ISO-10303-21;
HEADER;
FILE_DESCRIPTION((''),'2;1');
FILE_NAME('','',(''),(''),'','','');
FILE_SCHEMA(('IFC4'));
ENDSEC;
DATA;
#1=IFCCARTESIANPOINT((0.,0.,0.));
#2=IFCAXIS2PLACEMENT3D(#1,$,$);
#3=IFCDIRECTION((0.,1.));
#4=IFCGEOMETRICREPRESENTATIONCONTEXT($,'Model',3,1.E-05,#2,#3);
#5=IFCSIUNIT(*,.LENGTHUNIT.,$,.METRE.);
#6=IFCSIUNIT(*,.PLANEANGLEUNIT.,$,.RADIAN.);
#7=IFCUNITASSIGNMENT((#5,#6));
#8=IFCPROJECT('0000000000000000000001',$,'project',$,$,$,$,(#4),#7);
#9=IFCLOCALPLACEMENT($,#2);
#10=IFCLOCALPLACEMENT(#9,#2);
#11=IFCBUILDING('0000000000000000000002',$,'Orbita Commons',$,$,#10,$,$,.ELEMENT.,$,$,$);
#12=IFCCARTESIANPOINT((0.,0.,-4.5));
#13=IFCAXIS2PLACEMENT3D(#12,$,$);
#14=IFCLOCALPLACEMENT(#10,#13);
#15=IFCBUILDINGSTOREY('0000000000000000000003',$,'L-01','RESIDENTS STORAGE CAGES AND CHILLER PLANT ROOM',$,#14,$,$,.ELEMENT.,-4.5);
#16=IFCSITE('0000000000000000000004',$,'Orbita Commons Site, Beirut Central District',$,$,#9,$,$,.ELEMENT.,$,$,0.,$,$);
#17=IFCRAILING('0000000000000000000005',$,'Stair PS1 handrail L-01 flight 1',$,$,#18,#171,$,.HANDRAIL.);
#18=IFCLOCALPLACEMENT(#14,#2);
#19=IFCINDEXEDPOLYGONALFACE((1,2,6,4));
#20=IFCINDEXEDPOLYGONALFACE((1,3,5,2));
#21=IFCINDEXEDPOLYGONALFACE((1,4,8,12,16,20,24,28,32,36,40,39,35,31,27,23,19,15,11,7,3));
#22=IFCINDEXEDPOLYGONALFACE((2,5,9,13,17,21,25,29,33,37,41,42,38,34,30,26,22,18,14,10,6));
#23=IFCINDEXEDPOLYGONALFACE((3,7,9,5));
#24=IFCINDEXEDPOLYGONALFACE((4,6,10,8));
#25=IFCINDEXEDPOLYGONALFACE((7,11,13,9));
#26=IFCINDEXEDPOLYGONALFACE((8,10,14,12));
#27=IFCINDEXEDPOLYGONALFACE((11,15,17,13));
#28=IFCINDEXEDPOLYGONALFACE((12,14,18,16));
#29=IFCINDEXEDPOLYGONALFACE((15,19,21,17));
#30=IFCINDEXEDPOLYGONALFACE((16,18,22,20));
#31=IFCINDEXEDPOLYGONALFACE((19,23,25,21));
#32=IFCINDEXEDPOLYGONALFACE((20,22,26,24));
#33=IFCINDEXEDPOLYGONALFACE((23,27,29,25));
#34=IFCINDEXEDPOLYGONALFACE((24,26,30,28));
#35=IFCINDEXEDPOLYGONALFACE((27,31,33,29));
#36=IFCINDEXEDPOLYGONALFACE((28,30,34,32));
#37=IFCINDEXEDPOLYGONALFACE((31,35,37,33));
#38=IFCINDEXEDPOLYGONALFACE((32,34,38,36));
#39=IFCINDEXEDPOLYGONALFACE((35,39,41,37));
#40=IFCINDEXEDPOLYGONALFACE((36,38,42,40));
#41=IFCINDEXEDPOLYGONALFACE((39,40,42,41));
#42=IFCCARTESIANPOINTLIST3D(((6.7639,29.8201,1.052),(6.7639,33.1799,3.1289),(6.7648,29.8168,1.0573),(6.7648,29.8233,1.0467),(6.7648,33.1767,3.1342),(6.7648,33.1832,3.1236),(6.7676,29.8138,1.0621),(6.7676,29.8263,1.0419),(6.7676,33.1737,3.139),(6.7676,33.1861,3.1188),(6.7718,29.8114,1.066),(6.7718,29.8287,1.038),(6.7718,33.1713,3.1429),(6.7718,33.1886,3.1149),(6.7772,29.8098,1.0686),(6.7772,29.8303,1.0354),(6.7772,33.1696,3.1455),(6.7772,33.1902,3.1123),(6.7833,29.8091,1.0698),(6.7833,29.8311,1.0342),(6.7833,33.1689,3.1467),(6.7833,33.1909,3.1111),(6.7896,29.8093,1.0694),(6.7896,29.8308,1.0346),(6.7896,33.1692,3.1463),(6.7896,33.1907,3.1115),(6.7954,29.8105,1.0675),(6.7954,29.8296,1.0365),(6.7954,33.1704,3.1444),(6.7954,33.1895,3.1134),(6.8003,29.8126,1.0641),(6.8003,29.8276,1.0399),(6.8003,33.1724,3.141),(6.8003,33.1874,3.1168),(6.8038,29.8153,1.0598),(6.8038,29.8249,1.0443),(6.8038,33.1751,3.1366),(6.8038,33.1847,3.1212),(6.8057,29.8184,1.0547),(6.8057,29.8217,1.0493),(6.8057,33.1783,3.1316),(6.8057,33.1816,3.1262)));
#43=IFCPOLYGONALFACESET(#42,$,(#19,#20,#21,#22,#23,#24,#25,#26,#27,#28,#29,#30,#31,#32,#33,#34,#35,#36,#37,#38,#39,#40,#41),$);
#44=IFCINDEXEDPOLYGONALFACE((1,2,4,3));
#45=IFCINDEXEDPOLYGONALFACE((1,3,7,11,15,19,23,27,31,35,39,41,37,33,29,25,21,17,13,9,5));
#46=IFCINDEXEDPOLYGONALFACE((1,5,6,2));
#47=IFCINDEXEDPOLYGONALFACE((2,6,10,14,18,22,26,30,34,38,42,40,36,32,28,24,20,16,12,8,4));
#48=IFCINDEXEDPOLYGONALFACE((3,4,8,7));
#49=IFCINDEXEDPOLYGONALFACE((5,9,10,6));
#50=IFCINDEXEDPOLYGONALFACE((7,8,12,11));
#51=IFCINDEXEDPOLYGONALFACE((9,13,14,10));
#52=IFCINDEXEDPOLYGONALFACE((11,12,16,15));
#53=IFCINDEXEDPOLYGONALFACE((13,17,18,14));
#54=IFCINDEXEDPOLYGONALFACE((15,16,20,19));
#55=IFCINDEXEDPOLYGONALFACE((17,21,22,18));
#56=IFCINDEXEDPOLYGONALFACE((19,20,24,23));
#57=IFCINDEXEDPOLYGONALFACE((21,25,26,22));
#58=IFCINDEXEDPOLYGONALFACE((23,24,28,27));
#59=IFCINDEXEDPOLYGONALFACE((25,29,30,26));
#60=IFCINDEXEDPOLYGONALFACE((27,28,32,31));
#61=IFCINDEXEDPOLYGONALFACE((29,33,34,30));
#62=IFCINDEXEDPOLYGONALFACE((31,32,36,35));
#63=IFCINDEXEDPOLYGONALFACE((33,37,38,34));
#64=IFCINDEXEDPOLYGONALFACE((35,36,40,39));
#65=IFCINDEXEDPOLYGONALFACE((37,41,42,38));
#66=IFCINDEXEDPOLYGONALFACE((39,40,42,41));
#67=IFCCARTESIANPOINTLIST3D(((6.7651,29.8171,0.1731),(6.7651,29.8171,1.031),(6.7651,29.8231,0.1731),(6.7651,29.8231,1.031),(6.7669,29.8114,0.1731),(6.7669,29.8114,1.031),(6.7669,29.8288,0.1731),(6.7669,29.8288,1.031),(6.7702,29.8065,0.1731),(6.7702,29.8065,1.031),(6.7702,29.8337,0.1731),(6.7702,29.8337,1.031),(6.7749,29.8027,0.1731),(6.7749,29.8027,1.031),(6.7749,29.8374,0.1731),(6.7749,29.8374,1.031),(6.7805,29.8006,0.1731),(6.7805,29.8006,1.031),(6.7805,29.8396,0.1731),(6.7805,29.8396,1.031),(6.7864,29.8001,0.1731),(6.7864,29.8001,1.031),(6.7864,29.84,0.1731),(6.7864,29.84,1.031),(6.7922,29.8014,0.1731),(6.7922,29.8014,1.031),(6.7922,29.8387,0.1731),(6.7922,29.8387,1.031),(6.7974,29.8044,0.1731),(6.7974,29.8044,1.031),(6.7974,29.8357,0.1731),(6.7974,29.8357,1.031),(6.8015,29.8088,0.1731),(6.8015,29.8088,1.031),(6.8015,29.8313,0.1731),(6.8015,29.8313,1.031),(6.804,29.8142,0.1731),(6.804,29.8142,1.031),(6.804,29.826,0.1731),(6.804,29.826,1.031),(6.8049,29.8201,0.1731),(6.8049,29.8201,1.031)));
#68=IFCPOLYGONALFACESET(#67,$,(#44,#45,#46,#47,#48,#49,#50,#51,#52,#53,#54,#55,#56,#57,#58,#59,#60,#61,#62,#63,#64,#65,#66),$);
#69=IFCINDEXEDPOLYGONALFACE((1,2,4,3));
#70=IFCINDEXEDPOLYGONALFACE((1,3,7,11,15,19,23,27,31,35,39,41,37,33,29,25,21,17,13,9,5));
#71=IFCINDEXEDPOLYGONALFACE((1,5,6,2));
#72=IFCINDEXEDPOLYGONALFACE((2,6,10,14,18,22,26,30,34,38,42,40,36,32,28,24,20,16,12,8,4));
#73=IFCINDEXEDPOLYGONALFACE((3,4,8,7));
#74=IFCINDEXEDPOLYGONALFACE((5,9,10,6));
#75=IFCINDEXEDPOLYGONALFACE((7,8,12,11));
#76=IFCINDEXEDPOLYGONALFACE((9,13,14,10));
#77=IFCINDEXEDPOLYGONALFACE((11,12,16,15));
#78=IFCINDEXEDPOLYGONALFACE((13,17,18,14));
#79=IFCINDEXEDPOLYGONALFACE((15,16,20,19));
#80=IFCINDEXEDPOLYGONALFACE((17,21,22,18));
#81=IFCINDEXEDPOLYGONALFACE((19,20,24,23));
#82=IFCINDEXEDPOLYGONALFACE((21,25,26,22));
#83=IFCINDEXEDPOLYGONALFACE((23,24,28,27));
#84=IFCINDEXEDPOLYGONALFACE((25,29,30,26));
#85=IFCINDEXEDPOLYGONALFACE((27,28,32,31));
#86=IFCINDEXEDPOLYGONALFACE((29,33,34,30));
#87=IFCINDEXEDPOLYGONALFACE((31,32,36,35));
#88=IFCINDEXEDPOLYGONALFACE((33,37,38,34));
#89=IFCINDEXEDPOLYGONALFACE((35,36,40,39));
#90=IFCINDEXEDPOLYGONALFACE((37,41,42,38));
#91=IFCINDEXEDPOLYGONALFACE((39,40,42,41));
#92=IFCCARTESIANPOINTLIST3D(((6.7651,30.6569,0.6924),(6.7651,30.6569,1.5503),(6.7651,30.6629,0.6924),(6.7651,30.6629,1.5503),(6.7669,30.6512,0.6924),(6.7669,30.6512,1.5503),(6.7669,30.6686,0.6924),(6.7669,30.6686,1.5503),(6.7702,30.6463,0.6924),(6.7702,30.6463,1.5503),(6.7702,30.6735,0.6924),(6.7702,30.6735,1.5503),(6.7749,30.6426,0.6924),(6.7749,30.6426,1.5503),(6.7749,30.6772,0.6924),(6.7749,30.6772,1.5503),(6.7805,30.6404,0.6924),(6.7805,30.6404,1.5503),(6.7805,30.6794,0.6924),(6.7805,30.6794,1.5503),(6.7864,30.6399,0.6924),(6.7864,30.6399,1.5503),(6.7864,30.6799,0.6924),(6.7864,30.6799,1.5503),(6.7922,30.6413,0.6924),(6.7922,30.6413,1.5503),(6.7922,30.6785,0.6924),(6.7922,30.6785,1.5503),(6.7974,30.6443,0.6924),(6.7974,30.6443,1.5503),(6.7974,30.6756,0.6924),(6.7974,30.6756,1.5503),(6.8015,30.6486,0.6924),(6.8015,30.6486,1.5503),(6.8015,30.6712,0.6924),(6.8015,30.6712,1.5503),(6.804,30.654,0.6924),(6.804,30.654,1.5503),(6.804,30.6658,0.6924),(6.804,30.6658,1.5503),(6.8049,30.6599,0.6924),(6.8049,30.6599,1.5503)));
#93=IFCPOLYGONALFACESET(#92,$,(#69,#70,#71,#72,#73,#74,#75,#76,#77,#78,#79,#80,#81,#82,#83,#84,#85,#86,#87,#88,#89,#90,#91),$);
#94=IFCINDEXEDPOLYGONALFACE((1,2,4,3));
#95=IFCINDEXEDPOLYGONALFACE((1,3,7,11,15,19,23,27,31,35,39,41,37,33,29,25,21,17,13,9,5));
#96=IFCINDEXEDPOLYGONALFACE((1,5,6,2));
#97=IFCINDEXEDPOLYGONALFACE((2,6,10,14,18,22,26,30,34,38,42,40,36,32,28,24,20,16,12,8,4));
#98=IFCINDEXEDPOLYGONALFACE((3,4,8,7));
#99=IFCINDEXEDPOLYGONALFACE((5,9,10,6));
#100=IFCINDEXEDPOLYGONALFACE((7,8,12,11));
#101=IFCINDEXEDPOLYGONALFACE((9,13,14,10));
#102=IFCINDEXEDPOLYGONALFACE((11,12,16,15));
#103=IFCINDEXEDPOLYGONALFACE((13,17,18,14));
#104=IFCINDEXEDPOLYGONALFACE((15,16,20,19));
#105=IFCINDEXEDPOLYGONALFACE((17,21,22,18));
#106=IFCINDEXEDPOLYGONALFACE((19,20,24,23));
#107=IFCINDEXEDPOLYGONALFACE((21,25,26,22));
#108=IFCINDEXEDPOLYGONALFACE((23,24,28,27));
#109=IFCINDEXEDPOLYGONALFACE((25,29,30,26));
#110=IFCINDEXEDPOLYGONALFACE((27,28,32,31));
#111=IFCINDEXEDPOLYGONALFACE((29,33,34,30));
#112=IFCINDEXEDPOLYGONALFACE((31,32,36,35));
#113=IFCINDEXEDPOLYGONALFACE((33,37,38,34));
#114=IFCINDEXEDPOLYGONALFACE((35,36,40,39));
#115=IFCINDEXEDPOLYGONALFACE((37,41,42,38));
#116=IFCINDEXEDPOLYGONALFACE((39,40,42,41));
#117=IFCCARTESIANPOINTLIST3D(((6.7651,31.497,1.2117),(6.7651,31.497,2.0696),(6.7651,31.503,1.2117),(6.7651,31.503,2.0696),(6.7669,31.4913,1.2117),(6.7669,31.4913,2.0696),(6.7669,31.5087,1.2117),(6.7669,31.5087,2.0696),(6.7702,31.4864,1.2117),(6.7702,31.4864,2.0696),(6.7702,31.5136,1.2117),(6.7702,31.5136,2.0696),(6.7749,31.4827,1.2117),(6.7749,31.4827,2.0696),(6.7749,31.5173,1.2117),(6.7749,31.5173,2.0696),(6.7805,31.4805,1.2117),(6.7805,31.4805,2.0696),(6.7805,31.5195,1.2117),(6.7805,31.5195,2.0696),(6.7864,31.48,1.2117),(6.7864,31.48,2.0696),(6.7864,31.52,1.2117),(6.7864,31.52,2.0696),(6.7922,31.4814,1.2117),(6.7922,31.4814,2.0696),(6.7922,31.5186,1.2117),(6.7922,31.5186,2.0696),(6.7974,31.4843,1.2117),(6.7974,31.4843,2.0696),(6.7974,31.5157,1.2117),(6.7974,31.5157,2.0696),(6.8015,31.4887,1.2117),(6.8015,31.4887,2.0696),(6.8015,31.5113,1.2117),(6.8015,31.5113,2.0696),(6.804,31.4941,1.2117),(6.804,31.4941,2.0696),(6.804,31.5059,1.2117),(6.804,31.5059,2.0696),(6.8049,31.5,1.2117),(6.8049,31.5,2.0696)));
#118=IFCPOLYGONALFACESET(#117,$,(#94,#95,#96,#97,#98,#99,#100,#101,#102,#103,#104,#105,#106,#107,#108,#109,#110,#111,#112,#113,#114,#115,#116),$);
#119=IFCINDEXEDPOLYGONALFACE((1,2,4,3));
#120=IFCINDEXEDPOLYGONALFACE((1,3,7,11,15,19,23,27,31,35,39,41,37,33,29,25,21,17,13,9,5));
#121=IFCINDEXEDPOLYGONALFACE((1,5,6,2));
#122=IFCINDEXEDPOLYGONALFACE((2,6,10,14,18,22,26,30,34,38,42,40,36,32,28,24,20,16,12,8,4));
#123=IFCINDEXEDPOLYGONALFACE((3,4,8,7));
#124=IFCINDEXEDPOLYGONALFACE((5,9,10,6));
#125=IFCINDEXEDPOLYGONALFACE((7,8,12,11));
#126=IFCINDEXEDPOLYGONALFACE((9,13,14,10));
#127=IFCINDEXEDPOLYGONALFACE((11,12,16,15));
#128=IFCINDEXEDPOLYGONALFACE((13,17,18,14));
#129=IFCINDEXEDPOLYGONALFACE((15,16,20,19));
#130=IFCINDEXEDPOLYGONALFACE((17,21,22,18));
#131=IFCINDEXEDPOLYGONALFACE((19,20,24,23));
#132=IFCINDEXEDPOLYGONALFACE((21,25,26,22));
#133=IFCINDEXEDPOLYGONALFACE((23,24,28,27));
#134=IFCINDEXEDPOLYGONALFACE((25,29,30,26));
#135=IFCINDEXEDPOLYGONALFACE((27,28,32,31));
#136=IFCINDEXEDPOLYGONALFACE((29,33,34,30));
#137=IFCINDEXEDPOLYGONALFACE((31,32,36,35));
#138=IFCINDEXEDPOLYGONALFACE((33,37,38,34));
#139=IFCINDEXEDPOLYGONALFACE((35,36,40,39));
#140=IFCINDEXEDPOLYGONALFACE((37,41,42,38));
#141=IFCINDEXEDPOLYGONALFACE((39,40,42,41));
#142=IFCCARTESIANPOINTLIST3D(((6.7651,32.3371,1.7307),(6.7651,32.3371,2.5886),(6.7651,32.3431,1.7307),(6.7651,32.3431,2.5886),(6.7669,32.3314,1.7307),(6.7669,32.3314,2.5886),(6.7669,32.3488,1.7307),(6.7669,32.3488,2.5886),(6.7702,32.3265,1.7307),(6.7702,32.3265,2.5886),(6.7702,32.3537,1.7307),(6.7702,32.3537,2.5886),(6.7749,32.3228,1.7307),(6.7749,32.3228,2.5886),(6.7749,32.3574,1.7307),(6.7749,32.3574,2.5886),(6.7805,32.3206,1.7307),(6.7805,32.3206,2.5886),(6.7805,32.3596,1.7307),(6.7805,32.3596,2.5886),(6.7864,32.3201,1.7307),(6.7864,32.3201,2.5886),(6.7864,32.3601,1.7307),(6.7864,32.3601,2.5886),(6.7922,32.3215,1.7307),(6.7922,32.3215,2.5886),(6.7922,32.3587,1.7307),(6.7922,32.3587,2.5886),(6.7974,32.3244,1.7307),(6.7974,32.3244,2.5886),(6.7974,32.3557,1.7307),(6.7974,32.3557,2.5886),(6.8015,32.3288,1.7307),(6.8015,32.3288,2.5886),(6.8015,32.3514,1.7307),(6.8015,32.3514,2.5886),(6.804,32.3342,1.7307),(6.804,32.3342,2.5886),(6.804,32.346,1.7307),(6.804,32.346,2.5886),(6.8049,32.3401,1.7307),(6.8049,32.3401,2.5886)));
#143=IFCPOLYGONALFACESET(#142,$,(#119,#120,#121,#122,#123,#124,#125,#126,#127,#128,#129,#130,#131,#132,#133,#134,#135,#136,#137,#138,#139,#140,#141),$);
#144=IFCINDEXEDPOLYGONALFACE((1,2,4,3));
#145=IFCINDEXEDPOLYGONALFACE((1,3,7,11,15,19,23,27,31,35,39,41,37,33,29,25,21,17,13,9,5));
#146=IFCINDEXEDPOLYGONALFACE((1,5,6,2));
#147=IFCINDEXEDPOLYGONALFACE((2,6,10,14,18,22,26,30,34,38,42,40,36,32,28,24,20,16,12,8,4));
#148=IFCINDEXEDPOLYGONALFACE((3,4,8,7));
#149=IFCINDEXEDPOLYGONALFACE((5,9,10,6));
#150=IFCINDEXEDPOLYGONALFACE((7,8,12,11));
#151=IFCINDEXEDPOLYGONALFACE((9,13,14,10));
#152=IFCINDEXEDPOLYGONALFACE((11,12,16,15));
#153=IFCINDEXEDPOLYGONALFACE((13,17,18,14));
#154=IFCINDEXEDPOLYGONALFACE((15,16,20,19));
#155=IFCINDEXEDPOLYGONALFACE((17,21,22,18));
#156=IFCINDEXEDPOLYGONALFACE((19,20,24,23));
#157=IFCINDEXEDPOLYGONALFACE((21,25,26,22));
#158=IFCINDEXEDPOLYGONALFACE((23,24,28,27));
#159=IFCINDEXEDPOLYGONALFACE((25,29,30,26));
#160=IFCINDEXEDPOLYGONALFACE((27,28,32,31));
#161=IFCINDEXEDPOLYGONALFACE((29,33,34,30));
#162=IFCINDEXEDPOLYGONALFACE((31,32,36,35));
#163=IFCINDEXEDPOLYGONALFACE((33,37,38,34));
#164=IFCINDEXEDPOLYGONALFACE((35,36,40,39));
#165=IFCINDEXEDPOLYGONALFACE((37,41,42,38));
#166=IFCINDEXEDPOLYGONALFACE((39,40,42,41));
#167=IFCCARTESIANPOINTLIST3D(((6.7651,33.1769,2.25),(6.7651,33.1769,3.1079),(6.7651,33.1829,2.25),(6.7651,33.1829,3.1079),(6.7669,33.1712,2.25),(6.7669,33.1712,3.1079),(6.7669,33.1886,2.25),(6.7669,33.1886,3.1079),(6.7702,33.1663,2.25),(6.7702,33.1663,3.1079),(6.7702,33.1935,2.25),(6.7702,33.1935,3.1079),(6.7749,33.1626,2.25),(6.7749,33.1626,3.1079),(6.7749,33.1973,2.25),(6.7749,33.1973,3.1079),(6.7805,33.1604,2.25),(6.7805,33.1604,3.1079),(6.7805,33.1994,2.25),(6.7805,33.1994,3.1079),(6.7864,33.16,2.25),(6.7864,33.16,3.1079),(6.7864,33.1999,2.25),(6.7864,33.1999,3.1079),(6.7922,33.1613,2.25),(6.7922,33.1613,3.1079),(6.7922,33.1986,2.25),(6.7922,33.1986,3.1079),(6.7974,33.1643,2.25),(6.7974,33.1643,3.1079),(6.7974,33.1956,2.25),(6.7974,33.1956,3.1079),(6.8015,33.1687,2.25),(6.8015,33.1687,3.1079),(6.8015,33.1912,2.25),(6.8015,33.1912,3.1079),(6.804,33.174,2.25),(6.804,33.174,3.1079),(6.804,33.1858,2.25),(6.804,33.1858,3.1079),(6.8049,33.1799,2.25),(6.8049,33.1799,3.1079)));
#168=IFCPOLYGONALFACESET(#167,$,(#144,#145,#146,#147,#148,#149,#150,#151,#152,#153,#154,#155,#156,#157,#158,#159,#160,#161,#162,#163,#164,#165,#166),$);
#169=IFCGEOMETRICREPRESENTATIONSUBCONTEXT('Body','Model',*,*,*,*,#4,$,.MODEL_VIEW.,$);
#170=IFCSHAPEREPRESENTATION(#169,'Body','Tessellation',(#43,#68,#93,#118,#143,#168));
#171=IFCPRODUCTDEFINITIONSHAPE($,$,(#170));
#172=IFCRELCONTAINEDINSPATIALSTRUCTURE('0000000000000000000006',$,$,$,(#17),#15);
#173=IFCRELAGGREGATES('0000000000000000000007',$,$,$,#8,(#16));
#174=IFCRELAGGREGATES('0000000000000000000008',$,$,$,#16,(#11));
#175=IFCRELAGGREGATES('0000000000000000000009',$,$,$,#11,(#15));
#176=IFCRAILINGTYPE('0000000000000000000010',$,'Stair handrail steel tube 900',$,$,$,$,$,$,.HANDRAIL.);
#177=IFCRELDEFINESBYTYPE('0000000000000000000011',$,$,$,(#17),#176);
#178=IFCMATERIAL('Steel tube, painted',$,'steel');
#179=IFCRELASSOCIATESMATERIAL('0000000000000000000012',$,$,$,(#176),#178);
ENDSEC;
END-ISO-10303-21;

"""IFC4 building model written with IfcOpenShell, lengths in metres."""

from ifc_helpers import new_model, si_unit, direction, frame, origin, origin_2d, place, context, subcontext, project, spatial, circle, extrude, material, type_object, element, save


model = new_model("IFC4")

# Units and contexts
model_context = context("Model", 3, precision=1e-05, world=origin(), true_north=direction((0.0, 1.0)))
body_context = subcontext(model_context, "Body", "Model", "MODEL_VIEW")
ifc_project = project(units=[si_unit("LENGTHUNIT", "METRE"), si_unit("PLANEANGLEUNIT", "RADIAN")], contexts=[model_context])

# Site, building, storey
site_placement = place(None, origin())
site = spatial("IfcSite", under=ifc_project, at=site_placement, Name="Orbita Commons Site, Beirut Central District", CompositionType="ELEMENT", RefElevation=0.0)
building_placement = place(site_placement, origin())
building = spatial("IfcBuilding", under=site, at=building_placement, Name="Orbita Commons", CompositionType="ELEMENT")
storey_placement = place(building_placement, frame((0.0, 0.0, -4.5)))
storey = spatial("IfcBuildingStorey", under=building, at=storey_placement, Name="L-01", Description="RESIDENTS STORAGE CAGES AND CHILLER PLANT ROOM", CompositionType="ELEMENT", Elevation=-4.5)

# Railing
ifc_material_1 = material(Name="Steel tube, painted", Category="steel")
railing_type_1 = type_object("IfcRailingType", Name="Stair handrail steel tube 900", PredefinedType="HANDRAIL", material=ifc_material_1)
for number, where, name in (
    (1, (6.7849, 29.8201, 0.1731), "Stair PS1 handrail L-01 flight 1"),
):
    element("IfcRailing", number, at=place(storey_placement, frame(where)), inside=storey, type_object=railing_type_1, Name=name, PredefinedType="HANDRAIL", context=body_context, shape_type="SweptSolid", body=[
        extrude(circle(Radius=0.021, at=origin_2d()), frame((0.0, 0.0, 0.8789), z_axis=(0.0, 0.850606, 0.525803), x_axis=(-1.0, 0.0, 0.0)), (0.0, 0.0, 1.0), 3.95),
        extrude(circle(Radius=0.02, at=origin_2d()), origin(), (0.0, 0.0, 1.0), 0.8579),
        extrude(circle(Radius=0.02, at=origin_2d()), frame((0.0, 0.8398, 0.5193)), (0.0, 0.0, 1.0), 0.8579),
        extrude(circle(Radius=0.02, at=origin_2d()), frame((0.0, 1.6799, 1.0386)), (0.0, 0.0, 1.0), 0.8579),
        extrude(circle(Radius=0.02, at=origin_2d()), frame((0.0, 2.52, 1.5576)), (0.0, 0.0, 1.0), 0.8579),
        extrude(circle(Radius=0.02, at=origin_2d()), frame((0.0, 3.3599, 2.0769)), (0.0, 0.0, 1.0), 0.8579),
    ])

save(model, "model.ifc")
